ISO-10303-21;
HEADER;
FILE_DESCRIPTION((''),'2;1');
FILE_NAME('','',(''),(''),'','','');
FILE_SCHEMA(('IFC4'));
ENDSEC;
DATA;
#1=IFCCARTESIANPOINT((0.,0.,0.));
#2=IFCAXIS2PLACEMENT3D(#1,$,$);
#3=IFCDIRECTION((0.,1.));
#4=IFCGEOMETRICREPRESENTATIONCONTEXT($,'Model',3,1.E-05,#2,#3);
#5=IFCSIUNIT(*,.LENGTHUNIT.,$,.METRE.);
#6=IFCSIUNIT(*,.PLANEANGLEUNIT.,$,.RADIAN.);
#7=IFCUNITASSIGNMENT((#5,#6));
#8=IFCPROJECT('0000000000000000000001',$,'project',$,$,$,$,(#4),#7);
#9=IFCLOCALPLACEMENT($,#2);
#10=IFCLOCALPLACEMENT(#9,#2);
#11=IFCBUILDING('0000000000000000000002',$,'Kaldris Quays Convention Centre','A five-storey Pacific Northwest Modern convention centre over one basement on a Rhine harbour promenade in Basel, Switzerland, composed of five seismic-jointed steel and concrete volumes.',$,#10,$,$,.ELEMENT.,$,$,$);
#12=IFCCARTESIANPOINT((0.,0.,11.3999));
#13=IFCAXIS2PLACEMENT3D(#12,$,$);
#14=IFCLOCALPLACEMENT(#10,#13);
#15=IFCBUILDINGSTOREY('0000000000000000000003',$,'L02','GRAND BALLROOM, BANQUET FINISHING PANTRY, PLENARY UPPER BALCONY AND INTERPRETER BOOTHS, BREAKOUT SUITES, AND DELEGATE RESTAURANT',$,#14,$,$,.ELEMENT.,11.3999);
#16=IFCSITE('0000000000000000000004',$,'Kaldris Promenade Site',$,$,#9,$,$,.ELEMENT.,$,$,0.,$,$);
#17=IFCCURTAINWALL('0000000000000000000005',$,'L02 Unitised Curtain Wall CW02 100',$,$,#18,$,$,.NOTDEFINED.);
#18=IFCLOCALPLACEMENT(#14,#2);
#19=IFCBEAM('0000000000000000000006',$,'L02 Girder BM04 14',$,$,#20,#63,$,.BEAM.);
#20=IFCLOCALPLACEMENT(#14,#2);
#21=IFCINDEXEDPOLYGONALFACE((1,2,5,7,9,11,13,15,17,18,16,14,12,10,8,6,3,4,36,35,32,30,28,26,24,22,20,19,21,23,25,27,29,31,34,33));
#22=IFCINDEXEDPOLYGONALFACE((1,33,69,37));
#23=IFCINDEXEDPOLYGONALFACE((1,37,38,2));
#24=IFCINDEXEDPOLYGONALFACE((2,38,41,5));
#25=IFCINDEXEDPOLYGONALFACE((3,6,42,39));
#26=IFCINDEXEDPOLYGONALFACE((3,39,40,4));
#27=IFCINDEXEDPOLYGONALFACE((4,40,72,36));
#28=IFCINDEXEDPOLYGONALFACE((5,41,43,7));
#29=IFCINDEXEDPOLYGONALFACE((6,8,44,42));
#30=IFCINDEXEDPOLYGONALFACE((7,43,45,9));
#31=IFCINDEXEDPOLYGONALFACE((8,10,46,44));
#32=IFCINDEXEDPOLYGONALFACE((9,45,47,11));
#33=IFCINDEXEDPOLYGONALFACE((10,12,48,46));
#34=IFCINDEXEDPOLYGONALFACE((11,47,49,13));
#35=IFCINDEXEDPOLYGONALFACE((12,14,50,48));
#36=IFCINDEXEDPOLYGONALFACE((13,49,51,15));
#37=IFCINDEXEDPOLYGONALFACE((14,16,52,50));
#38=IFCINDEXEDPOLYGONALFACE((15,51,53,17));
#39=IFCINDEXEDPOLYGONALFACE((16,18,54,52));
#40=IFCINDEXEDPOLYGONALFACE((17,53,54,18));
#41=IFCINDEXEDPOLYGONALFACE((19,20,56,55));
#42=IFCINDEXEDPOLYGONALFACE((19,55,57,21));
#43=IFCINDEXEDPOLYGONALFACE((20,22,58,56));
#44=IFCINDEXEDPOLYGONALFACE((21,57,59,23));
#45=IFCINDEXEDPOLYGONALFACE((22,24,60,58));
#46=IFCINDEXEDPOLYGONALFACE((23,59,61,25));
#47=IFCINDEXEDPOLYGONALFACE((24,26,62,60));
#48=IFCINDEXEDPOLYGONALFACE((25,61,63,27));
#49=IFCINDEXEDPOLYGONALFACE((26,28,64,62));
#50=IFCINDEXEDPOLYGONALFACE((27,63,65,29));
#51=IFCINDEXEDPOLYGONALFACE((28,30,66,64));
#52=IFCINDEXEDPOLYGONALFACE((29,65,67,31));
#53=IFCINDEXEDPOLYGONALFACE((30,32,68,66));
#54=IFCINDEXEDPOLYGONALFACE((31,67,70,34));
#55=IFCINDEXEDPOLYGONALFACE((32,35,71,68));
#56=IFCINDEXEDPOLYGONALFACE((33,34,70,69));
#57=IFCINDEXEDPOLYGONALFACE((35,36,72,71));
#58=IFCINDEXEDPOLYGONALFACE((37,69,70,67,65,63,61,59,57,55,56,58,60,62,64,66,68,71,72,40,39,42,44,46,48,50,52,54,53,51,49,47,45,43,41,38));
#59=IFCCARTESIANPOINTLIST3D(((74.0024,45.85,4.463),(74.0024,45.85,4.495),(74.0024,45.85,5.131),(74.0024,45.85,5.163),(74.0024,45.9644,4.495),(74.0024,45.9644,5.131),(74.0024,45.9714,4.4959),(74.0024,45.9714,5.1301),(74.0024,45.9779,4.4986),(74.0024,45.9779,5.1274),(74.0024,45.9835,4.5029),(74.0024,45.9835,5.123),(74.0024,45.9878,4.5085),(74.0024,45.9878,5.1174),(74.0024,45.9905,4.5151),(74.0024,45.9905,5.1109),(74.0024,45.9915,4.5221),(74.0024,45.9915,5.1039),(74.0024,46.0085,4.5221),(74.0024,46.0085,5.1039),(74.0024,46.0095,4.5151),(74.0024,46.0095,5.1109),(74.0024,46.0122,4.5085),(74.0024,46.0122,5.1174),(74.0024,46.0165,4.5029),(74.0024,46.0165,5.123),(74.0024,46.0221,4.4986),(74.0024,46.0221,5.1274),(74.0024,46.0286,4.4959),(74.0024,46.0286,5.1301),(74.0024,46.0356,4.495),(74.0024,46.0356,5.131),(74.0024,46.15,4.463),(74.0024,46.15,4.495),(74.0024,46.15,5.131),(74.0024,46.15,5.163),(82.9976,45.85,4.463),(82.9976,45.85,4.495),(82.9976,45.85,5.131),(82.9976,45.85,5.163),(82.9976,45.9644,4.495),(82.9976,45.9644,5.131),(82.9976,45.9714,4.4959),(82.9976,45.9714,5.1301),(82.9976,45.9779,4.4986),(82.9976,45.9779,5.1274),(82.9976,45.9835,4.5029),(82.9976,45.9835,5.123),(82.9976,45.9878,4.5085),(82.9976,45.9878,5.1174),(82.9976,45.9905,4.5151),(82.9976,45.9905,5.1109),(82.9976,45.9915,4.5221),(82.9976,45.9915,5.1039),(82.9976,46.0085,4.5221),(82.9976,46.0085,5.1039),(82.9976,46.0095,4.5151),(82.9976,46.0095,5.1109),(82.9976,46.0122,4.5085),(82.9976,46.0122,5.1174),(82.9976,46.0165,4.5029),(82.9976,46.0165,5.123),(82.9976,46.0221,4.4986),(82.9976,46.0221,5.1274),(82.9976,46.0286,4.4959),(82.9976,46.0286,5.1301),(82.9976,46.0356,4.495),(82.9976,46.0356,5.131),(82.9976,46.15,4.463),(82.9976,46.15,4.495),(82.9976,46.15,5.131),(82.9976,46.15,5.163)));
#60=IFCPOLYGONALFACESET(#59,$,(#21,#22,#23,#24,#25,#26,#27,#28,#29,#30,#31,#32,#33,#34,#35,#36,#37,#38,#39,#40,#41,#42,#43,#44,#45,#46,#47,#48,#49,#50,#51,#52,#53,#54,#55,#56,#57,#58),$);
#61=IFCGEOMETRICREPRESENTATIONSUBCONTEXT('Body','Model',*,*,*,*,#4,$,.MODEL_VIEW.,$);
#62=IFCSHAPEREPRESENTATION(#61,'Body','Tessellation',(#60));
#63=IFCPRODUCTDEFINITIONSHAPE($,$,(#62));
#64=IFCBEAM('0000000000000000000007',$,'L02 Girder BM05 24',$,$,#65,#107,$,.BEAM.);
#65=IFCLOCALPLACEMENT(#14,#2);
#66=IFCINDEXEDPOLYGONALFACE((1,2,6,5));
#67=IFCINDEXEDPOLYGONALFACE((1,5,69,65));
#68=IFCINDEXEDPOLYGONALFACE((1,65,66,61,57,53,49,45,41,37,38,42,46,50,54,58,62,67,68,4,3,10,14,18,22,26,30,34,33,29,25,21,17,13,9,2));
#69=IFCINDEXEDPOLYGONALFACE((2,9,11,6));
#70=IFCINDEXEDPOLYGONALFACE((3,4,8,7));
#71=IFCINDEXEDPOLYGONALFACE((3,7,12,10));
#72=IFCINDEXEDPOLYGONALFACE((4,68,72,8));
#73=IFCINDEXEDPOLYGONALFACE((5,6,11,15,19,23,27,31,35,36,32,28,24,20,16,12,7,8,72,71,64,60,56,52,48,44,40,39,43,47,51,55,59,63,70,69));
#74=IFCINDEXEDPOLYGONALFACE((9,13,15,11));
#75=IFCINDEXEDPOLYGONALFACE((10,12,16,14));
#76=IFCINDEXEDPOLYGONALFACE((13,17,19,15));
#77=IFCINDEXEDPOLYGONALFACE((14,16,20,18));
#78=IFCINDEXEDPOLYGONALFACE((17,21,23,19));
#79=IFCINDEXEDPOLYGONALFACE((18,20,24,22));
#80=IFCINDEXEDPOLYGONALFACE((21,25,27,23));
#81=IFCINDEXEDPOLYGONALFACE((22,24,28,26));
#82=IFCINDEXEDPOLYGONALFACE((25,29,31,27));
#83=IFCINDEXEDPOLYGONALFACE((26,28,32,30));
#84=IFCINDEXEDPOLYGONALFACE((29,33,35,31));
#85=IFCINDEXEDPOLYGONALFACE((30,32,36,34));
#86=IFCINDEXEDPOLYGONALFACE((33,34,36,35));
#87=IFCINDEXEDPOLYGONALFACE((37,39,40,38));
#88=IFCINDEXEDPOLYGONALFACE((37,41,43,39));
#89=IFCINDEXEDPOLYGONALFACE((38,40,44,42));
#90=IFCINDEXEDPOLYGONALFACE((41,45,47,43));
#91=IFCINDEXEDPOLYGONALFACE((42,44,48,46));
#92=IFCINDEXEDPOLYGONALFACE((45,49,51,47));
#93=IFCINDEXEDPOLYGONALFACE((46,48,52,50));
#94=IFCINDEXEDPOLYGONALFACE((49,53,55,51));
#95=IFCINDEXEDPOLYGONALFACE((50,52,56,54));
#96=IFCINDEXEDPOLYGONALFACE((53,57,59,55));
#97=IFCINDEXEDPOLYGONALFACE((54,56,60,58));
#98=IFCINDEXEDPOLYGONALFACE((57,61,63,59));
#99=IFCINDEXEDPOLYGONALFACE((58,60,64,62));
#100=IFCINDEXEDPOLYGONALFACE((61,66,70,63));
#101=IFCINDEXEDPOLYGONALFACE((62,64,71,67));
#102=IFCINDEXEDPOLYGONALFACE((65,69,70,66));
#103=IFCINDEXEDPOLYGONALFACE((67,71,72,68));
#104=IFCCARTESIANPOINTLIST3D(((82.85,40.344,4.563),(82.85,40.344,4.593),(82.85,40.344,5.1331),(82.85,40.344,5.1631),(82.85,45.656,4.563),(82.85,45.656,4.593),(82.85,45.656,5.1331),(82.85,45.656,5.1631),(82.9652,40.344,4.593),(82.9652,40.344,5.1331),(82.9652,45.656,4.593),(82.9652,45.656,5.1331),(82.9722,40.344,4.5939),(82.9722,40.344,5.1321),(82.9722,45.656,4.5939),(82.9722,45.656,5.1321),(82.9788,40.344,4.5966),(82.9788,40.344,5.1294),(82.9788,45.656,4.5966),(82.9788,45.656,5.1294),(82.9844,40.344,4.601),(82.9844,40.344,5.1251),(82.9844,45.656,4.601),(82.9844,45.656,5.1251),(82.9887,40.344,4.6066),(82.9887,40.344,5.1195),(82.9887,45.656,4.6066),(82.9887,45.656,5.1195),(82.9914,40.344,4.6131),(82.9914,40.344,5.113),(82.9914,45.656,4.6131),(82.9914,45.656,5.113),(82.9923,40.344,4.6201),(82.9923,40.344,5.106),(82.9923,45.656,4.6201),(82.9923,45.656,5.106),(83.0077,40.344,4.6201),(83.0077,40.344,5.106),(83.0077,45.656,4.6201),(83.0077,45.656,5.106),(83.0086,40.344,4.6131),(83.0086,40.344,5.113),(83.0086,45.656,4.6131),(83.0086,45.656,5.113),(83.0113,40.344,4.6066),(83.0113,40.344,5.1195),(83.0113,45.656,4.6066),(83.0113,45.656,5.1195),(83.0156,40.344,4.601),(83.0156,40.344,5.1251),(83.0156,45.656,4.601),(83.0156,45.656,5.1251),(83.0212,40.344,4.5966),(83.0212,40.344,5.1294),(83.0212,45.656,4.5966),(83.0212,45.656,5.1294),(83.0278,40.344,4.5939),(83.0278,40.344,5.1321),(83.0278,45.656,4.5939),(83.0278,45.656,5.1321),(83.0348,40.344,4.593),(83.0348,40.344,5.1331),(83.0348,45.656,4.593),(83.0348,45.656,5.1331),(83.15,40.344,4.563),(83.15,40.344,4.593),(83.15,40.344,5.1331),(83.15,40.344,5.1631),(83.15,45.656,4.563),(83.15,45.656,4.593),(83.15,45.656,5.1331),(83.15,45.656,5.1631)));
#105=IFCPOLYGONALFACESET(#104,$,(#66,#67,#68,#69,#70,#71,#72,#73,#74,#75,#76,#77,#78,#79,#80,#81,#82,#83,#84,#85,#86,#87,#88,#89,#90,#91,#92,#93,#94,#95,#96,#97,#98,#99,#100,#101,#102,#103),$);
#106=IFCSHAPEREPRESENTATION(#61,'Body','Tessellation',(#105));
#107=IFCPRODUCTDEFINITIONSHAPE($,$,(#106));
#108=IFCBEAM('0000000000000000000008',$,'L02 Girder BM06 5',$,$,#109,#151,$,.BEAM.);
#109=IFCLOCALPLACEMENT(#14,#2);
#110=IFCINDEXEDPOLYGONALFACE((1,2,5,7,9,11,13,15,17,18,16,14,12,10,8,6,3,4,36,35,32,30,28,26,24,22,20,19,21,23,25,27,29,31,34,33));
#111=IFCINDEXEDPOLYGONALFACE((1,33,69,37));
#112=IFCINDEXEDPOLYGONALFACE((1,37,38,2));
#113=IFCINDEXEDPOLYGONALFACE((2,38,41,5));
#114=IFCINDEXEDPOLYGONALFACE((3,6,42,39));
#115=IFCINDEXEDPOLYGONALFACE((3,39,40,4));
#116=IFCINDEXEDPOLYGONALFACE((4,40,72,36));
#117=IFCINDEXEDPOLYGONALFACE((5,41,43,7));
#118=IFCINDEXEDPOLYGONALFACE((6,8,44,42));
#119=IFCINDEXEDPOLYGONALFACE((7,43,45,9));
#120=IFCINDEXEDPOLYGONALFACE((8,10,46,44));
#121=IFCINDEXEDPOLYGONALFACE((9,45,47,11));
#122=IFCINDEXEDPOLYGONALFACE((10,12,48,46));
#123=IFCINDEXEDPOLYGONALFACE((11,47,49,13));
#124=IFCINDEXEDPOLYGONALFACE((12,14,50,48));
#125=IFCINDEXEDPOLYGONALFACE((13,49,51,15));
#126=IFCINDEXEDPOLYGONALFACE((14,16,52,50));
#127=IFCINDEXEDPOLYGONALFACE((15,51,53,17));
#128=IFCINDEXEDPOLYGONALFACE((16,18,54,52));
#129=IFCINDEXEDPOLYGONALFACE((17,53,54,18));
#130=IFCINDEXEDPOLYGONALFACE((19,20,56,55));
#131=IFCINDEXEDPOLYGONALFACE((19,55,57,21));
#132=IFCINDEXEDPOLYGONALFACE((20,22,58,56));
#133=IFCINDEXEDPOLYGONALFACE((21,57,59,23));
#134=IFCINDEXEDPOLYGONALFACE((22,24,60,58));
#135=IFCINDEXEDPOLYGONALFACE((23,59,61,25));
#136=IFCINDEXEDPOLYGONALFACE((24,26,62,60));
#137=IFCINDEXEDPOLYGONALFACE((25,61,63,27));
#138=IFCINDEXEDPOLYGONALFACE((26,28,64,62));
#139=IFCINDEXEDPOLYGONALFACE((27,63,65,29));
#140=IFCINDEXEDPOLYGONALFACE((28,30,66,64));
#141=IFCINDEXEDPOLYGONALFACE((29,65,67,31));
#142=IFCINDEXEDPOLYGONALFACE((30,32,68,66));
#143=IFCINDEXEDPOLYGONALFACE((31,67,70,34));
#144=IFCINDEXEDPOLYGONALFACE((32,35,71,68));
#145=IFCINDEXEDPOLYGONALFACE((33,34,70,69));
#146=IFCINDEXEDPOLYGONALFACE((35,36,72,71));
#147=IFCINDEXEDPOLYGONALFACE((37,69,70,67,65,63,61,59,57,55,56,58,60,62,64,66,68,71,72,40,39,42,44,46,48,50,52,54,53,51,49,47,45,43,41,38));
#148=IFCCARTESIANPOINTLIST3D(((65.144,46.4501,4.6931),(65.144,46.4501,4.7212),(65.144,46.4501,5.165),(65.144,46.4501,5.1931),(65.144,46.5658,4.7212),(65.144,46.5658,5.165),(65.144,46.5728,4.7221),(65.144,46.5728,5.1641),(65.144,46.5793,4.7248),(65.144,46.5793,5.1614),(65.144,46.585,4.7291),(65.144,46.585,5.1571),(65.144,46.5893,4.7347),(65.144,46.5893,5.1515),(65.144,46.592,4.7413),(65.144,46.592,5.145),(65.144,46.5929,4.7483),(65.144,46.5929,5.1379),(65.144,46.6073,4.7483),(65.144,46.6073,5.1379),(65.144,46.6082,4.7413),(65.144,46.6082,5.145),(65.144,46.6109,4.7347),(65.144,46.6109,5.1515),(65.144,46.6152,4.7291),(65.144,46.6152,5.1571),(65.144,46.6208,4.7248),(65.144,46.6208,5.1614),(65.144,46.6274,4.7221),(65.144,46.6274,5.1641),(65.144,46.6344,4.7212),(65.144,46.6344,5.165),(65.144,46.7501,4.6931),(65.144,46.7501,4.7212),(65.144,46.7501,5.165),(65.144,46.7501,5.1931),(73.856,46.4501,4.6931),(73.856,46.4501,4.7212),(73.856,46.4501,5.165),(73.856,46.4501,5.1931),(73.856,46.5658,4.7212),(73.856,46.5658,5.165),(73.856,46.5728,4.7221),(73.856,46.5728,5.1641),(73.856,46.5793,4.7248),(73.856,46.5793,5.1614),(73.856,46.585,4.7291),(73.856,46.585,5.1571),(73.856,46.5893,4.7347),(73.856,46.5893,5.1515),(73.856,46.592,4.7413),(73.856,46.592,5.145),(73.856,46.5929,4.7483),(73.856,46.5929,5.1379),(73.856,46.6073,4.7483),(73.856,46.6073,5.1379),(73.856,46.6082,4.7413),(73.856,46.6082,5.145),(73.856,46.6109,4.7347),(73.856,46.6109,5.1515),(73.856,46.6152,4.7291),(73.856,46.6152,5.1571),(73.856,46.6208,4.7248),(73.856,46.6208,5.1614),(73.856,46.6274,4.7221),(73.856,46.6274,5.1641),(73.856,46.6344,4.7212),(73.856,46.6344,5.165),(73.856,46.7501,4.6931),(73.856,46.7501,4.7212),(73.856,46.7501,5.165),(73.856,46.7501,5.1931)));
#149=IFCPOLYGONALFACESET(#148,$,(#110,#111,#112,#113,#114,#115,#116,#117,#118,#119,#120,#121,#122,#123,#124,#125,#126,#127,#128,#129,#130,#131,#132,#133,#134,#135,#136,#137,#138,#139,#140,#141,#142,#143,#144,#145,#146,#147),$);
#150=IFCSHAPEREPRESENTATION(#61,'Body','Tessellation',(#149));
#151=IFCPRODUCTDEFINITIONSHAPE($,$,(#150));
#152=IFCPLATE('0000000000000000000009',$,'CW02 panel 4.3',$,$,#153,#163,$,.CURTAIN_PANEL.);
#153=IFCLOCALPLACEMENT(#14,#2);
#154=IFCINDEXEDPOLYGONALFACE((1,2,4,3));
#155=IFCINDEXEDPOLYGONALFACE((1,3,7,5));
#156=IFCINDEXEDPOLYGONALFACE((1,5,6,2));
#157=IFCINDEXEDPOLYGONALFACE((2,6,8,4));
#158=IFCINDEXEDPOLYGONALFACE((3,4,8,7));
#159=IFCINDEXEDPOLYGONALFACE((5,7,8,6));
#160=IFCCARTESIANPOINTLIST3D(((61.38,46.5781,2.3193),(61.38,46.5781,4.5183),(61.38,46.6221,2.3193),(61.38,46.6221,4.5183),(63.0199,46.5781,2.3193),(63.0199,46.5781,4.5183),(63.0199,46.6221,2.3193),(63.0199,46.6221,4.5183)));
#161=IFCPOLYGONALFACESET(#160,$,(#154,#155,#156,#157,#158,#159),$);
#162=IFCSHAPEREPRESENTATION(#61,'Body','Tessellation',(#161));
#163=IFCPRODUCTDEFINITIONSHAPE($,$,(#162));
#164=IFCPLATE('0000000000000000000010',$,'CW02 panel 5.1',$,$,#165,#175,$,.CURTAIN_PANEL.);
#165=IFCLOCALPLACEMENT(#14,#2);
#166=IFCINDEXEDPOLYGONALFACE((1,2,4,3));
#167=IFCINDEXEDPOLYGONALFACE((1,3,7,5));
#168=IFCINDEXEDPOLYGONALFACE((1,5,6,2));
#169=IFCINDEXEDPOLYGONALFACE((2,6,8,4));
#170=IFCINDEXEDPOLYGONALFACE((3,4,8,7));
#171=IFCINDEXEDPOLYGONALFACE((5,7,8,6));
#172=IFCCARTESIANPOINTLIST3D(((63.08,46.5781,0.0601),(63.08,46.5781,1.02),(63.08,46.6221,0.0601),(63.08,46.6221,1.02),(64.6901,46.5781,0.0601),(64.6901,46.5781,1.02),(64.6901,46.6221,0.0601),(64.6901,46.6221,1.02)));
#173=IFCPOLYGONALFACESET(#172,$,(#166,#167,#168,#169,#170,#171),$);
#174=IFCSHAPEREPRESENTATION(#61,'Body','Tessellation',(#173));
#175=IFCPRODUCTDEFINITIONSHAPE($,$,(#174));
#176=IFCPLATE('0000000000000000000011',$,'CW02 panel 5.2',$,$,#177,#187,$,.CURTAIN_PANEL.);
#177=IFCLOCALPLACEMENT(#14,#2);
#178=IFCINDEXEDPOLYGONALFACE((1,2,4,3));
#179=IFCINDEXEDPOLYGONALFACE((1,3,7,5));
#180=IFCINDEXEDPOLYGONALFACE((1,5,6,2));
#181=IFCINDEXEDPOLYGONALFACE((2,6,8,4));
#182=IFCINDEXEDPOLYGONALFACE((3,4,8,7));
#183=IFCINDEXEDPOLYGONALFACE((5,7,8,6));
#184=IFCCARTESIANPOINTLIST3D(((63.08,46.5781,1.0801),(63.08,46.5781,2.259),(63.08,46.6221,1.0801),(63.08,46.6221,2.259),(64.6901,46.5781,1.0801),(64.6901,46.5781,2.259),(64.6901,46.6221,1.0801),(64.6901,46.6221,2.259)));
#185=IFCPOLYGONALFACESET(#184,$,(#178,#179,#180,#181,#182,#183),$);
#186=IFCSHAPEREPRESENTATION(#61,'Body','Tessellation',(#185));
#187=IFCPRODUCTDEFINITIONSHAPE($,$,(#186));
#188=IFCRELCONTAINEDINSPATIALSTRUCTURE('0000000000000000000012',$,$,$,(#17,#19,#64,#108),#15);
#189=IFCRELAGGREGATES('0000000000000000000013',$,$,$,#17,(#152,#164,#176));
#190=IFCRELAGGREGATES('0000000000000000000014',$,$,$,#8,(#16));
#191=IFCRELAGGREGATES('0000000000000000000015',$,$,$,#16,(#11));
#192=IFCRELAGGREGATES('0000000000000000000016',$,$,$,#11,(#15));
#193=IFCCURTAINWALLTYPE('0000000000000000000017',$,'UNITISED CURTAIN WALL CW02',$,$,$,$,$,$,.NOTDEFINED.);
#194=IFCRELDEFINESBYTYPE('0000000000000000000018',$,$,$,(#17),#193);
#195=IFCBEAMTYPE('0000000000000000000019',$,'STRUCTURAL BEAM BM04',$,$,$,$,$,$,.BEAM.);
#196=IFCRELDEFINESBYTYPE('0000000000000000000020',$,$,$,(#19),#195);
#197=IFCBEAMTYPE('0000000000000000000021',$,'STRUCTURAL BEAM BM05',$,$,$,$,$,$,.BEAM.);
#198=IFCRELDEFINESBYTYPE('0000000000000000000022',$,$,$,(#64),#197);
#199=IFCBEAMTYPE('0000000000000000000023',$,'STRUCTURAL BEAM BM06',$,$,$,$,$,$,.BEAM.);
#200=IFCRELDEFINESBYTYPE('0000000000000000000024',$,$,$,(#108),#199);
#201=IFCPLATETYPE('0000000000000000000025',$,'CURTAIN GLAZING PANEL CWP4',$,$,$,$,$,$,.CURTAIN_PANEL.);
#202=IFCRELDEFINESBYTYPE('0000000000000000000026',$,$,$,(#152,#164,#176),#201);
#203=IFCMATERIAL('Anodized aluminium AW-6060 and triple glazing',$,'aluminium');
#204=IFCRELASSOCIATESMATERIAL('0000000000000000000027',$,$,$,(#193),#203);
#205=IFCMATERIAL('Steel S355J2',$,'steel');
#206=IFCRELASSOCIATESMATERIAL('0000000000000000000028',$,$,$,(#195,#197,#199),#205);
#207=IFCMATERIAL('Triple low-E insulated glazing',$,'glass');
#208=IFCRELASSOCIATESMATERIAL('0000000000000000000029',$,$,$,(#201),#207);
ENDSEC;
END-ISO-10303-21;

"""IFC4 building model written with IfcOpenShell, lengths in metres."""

from ifc_helpers import new_model, si_unit, direction, frame, origin, origin_2d, place, context, subcontext, project, spatial, rectangle, i_section, extrude, material, material_profile, profile_set, type_object, element, aggregate, save


model = new_model("IFC4")

# Units and contexts
model_context = context("Model", 3, precision=1e-05, world=origin(), true_north=direction((0.0, 1.0)))
body_context = subcontext(model_context, "Body", "Model", "MODEL_VIEW")
ifc_project = project(units=[si_unit("LENGTHUNIT", "METRE"), si_unit("PLANEANGLEUNIT", "RADIAN")], contexts=[model_context])

# Site, building, storey
site_placement = place(None, origin())
site = spatial("IfcSite", under=ifc_project, at=site_placement, Name="Kaldris Promenade Site", CompositionType="ELEMENT", RefElevation=0.0)
building_placement = place(site_placement, origin())
building = spatial("IfcBuilding", under=site, at=building_placement, Name="Kaldris Quays Convention Centre", Description="A five-storey Pacific Northwest Modern convention centre over one basement on a Rhine harbour promenade in Basel, Switzerland, composed of five seismic-jointed steel and concrete volumes.", CompositionType="ELEMENT")
storey_placement = place(building_placement, frame((0.0, 0.0, 11.3999)))
storey = spatial("IfcBuildingStorey", under=building, at=storey_placement, Name="L02", Description="GRAND BALLROOM, BANQUET FINISHING PANTRY, PLENARY UPPER BALCONY AND INTERPRETER BOOTHS, BREAKOUT SUITES, AND DELEGATE RESTAURANT", CompositionType="ELEMENT", Elevation=11.3999)

# Shared definitions
ifc_material_1 = material(Name="Steel S355J2", Category="steel")

# Curtain wall
ifc_material_2 = material(Name="Anodized aluminium AW-6060 and triple glazing", Category="aluminium")
curtain_wall_type = type_object("IfcCurtainWallType", Name="UNITISED CURTAIN WALL CW02", PredefinedType="NOTDEFINED", material=ifc_material_2)
curtain_wall_1_placement = place(storey_placement, origin())
curtain_wall_1 = element("IfcCurtainWall", 1, at=curtain_wall_1_placement, inside=storey, type_object=curtain_wall_type, Name="L02 Unitised Curtain Wall CW02 100", PredefinedType="NOTDEFINED")

# Beams
ifc_material_profile_1 = material_profile(ifc_material_1, i_section(OverallWidth=0.3, OverallDepth=0.7, WebThickness=0.0171, FlangeThickness=0.032, FilletRadius=0.0271, at=origin_2d()), Name="HEB 700")
ifc_profile_set_1 = profile_set([ifc_material_profile_1], Name="Steel S355J2")
beam_type_1 = type_object("IfcBeamType", Name="STRUCTURAL BEAM BM04", PredefinedType="BEAM", material=ifc_profile_set_1)
for number, where, z_axis, x_axis, name in (
    (2, (74.0024, 46.0, 4.813), (1.0, 0.0, 0.0), (0.0, 1.0, 0.0), "L02 Girder BM04 14"),
):
    element("IfcBeam", number, at=place(storey_placement, frame(where, z_axis=z_axis, x_axis=x_axis)), inside=storey, type_object=beam_type_1, Name=name, PredefinedType="BEAM", context=body_context, shape_type="SweptSolid", body=[
        extrude(i_section(OverallWidth=0.3, OverallDepth=0.7, WebThickness=0.0171, FlangeThickness=0.032, FilletRadius=0.0271, at=origin_2d()), origin(), (0.0, 0.0, 1.0), 8.9951),
    ])
ifc_material_profile_2 = material_profile(ifc_material_1, i_section(OverallWidth=0.3, OverallDepth=0.6001, WebThickness=0.0154, FlangeThickness=0.03, FilletRadius=0.0271, at=origin_2d()), Name="HEB 600")
ifc_profile_set_2 = profile_set([ifc_material_profile_2], Name="Steel S355J2")
beam_type_2 = type_object("IfcBeamType", Name="STRUCTURAL BEAM BM05", PredefinedType="BEAM", material=ifc_profile_set_2)
beam_1_placement = place(storey_placement, frame((83.0, 40.344, 4.863), z_axis=(0.0, 1.0, 0.0), x_axis=(-1.0, 0.0, 0.0)))
element("IfcBeam", 3, at=beam_1_placement, inside=storey, type_object=beam_type_2, Name="L02 Girder BM05 24", PredefinedType="BEAM", context=body_context, shape_type="SweptSolid", body=[
    extrude(i_section(OverallWidth=0.3, OverallDepth=0.6001, WebThickness=0.0154, FlangeThickness=0.03, FilletRadius=0.0271, at=origin_2d()), origin(), (0.0, 0.0, 1.0), 5.312),
])
ifc_material_profile_3 = material_profile(ifc_material_1, i_section(OverallWidth=0.3, OverallDepth=0.5, WebThickness=0.0144, FlangeThickness=0.0281, FilletRadius=0.0271, at=origin_2d()), Name="HEB 500")
ifc_profile_set_3 = profile_set([ifc_material_profile_3], Name="Steel S355J2")
beam_type_3 = type_object("IfcBeamType", Name="STRUCTURAL BEAM BM06", PredefinedType="BEAM", material=ifc_profile_set_3)
beam_2_placement = place(storey_placement, frame((65.144, 46.6001, 4.9431), z_axis=(1.0, 0.0, 0.0), x_axis=(0.0, 1.0, 0.0)))
element("IfcBeam", 4, at=beam_2_placement, inside=storey, type_object=beam_type_3, Name="L02 Girder BM06 5", PredefinedType="BEAM", context=body_context, shape_type="SweptSolid", body=[
    extrude(i_section(OverallWidth=0.3, OverallDepth=0.5, WebThickness=0.0144, FlangeThickness=0.0281, FilletRadius=0.0271, at=origin_2d()), origin(), (0.0, 0.0, 1.0), 8.7119),
])

# Plates
ifc_material_3 = material(Name="Triple low-E insulated glazing", Category="glass")
plate_type_1 = type_object("IfcPlateType", Name="CURTAIN GLAZING PANEL CWP4", PredefinedType="CURTAIN_PANEL", material=ifc_material_3)
plate_1_placement = place(storey_placement, frame((62.2, 46.6001, 2.3193), z_axis=(0.0, 0.0, 1.0), x_axis=(1.0, 0.0, 0.0)))
plate_1 = element("IfcPlate", 5, at=plate_1_placement, type_object=plate_type_1, Name="CW02 panel 4.3", PredefinedType="CURTAIN_PANEL", context=body_context, shape_type="SweptSolid", body=[
    extrude(rectangle(XDim=1.6399, YDim=0.0439, at=origin_2d()), origin(), (0.0, 0.0, 1.0), 2.199),
])
plate_2_placement = place(storey_placement, frame((63.885, 46.6001, 0.0601), z_axis=(0.0, 0.0, 1.0), x_axis=(1.0, 0.0, 0.0)))
plate_2 = element("IfcPlate", 6, at=plate_2_placement, type_object=plate_type_1, Name="CW02 panel 5.1", PredefinedType="CURTAIN_PANEL", context=body_context, shape_type="SweptSolid", body=[
    extrude(rectangle(XDim=1.6101, YDim=0.0439, at=origin_2d()), origin(), (0.0, 0.0, 1.0), 0.96),
])
plate_3_placement = place(storey_placement, frame((63.885, 46.6001, 1.0801), z_axis=(0.0, 0.0, 1.0), x_axis=(1.0, 0.0, 0.0)))
plate_3 = element("IfcPlate", 7, at=plate_3_placement, type_object=plate_type_1, Name="CW02 panel 5.2", PredefinedType="CURTAIN_PANEL", context=body_context, shape_type="SweptSolid", body=[
    extrude(rectangle(XDim=1.6101, YDim=0.0439, at=origin_2d()), origin(), (0.0, 0.0, 1.0), 1.179),
])
aggregate(curtain_wall_1, [plate_1, plate_2, plate_3])

save(model, "model.ifc")
